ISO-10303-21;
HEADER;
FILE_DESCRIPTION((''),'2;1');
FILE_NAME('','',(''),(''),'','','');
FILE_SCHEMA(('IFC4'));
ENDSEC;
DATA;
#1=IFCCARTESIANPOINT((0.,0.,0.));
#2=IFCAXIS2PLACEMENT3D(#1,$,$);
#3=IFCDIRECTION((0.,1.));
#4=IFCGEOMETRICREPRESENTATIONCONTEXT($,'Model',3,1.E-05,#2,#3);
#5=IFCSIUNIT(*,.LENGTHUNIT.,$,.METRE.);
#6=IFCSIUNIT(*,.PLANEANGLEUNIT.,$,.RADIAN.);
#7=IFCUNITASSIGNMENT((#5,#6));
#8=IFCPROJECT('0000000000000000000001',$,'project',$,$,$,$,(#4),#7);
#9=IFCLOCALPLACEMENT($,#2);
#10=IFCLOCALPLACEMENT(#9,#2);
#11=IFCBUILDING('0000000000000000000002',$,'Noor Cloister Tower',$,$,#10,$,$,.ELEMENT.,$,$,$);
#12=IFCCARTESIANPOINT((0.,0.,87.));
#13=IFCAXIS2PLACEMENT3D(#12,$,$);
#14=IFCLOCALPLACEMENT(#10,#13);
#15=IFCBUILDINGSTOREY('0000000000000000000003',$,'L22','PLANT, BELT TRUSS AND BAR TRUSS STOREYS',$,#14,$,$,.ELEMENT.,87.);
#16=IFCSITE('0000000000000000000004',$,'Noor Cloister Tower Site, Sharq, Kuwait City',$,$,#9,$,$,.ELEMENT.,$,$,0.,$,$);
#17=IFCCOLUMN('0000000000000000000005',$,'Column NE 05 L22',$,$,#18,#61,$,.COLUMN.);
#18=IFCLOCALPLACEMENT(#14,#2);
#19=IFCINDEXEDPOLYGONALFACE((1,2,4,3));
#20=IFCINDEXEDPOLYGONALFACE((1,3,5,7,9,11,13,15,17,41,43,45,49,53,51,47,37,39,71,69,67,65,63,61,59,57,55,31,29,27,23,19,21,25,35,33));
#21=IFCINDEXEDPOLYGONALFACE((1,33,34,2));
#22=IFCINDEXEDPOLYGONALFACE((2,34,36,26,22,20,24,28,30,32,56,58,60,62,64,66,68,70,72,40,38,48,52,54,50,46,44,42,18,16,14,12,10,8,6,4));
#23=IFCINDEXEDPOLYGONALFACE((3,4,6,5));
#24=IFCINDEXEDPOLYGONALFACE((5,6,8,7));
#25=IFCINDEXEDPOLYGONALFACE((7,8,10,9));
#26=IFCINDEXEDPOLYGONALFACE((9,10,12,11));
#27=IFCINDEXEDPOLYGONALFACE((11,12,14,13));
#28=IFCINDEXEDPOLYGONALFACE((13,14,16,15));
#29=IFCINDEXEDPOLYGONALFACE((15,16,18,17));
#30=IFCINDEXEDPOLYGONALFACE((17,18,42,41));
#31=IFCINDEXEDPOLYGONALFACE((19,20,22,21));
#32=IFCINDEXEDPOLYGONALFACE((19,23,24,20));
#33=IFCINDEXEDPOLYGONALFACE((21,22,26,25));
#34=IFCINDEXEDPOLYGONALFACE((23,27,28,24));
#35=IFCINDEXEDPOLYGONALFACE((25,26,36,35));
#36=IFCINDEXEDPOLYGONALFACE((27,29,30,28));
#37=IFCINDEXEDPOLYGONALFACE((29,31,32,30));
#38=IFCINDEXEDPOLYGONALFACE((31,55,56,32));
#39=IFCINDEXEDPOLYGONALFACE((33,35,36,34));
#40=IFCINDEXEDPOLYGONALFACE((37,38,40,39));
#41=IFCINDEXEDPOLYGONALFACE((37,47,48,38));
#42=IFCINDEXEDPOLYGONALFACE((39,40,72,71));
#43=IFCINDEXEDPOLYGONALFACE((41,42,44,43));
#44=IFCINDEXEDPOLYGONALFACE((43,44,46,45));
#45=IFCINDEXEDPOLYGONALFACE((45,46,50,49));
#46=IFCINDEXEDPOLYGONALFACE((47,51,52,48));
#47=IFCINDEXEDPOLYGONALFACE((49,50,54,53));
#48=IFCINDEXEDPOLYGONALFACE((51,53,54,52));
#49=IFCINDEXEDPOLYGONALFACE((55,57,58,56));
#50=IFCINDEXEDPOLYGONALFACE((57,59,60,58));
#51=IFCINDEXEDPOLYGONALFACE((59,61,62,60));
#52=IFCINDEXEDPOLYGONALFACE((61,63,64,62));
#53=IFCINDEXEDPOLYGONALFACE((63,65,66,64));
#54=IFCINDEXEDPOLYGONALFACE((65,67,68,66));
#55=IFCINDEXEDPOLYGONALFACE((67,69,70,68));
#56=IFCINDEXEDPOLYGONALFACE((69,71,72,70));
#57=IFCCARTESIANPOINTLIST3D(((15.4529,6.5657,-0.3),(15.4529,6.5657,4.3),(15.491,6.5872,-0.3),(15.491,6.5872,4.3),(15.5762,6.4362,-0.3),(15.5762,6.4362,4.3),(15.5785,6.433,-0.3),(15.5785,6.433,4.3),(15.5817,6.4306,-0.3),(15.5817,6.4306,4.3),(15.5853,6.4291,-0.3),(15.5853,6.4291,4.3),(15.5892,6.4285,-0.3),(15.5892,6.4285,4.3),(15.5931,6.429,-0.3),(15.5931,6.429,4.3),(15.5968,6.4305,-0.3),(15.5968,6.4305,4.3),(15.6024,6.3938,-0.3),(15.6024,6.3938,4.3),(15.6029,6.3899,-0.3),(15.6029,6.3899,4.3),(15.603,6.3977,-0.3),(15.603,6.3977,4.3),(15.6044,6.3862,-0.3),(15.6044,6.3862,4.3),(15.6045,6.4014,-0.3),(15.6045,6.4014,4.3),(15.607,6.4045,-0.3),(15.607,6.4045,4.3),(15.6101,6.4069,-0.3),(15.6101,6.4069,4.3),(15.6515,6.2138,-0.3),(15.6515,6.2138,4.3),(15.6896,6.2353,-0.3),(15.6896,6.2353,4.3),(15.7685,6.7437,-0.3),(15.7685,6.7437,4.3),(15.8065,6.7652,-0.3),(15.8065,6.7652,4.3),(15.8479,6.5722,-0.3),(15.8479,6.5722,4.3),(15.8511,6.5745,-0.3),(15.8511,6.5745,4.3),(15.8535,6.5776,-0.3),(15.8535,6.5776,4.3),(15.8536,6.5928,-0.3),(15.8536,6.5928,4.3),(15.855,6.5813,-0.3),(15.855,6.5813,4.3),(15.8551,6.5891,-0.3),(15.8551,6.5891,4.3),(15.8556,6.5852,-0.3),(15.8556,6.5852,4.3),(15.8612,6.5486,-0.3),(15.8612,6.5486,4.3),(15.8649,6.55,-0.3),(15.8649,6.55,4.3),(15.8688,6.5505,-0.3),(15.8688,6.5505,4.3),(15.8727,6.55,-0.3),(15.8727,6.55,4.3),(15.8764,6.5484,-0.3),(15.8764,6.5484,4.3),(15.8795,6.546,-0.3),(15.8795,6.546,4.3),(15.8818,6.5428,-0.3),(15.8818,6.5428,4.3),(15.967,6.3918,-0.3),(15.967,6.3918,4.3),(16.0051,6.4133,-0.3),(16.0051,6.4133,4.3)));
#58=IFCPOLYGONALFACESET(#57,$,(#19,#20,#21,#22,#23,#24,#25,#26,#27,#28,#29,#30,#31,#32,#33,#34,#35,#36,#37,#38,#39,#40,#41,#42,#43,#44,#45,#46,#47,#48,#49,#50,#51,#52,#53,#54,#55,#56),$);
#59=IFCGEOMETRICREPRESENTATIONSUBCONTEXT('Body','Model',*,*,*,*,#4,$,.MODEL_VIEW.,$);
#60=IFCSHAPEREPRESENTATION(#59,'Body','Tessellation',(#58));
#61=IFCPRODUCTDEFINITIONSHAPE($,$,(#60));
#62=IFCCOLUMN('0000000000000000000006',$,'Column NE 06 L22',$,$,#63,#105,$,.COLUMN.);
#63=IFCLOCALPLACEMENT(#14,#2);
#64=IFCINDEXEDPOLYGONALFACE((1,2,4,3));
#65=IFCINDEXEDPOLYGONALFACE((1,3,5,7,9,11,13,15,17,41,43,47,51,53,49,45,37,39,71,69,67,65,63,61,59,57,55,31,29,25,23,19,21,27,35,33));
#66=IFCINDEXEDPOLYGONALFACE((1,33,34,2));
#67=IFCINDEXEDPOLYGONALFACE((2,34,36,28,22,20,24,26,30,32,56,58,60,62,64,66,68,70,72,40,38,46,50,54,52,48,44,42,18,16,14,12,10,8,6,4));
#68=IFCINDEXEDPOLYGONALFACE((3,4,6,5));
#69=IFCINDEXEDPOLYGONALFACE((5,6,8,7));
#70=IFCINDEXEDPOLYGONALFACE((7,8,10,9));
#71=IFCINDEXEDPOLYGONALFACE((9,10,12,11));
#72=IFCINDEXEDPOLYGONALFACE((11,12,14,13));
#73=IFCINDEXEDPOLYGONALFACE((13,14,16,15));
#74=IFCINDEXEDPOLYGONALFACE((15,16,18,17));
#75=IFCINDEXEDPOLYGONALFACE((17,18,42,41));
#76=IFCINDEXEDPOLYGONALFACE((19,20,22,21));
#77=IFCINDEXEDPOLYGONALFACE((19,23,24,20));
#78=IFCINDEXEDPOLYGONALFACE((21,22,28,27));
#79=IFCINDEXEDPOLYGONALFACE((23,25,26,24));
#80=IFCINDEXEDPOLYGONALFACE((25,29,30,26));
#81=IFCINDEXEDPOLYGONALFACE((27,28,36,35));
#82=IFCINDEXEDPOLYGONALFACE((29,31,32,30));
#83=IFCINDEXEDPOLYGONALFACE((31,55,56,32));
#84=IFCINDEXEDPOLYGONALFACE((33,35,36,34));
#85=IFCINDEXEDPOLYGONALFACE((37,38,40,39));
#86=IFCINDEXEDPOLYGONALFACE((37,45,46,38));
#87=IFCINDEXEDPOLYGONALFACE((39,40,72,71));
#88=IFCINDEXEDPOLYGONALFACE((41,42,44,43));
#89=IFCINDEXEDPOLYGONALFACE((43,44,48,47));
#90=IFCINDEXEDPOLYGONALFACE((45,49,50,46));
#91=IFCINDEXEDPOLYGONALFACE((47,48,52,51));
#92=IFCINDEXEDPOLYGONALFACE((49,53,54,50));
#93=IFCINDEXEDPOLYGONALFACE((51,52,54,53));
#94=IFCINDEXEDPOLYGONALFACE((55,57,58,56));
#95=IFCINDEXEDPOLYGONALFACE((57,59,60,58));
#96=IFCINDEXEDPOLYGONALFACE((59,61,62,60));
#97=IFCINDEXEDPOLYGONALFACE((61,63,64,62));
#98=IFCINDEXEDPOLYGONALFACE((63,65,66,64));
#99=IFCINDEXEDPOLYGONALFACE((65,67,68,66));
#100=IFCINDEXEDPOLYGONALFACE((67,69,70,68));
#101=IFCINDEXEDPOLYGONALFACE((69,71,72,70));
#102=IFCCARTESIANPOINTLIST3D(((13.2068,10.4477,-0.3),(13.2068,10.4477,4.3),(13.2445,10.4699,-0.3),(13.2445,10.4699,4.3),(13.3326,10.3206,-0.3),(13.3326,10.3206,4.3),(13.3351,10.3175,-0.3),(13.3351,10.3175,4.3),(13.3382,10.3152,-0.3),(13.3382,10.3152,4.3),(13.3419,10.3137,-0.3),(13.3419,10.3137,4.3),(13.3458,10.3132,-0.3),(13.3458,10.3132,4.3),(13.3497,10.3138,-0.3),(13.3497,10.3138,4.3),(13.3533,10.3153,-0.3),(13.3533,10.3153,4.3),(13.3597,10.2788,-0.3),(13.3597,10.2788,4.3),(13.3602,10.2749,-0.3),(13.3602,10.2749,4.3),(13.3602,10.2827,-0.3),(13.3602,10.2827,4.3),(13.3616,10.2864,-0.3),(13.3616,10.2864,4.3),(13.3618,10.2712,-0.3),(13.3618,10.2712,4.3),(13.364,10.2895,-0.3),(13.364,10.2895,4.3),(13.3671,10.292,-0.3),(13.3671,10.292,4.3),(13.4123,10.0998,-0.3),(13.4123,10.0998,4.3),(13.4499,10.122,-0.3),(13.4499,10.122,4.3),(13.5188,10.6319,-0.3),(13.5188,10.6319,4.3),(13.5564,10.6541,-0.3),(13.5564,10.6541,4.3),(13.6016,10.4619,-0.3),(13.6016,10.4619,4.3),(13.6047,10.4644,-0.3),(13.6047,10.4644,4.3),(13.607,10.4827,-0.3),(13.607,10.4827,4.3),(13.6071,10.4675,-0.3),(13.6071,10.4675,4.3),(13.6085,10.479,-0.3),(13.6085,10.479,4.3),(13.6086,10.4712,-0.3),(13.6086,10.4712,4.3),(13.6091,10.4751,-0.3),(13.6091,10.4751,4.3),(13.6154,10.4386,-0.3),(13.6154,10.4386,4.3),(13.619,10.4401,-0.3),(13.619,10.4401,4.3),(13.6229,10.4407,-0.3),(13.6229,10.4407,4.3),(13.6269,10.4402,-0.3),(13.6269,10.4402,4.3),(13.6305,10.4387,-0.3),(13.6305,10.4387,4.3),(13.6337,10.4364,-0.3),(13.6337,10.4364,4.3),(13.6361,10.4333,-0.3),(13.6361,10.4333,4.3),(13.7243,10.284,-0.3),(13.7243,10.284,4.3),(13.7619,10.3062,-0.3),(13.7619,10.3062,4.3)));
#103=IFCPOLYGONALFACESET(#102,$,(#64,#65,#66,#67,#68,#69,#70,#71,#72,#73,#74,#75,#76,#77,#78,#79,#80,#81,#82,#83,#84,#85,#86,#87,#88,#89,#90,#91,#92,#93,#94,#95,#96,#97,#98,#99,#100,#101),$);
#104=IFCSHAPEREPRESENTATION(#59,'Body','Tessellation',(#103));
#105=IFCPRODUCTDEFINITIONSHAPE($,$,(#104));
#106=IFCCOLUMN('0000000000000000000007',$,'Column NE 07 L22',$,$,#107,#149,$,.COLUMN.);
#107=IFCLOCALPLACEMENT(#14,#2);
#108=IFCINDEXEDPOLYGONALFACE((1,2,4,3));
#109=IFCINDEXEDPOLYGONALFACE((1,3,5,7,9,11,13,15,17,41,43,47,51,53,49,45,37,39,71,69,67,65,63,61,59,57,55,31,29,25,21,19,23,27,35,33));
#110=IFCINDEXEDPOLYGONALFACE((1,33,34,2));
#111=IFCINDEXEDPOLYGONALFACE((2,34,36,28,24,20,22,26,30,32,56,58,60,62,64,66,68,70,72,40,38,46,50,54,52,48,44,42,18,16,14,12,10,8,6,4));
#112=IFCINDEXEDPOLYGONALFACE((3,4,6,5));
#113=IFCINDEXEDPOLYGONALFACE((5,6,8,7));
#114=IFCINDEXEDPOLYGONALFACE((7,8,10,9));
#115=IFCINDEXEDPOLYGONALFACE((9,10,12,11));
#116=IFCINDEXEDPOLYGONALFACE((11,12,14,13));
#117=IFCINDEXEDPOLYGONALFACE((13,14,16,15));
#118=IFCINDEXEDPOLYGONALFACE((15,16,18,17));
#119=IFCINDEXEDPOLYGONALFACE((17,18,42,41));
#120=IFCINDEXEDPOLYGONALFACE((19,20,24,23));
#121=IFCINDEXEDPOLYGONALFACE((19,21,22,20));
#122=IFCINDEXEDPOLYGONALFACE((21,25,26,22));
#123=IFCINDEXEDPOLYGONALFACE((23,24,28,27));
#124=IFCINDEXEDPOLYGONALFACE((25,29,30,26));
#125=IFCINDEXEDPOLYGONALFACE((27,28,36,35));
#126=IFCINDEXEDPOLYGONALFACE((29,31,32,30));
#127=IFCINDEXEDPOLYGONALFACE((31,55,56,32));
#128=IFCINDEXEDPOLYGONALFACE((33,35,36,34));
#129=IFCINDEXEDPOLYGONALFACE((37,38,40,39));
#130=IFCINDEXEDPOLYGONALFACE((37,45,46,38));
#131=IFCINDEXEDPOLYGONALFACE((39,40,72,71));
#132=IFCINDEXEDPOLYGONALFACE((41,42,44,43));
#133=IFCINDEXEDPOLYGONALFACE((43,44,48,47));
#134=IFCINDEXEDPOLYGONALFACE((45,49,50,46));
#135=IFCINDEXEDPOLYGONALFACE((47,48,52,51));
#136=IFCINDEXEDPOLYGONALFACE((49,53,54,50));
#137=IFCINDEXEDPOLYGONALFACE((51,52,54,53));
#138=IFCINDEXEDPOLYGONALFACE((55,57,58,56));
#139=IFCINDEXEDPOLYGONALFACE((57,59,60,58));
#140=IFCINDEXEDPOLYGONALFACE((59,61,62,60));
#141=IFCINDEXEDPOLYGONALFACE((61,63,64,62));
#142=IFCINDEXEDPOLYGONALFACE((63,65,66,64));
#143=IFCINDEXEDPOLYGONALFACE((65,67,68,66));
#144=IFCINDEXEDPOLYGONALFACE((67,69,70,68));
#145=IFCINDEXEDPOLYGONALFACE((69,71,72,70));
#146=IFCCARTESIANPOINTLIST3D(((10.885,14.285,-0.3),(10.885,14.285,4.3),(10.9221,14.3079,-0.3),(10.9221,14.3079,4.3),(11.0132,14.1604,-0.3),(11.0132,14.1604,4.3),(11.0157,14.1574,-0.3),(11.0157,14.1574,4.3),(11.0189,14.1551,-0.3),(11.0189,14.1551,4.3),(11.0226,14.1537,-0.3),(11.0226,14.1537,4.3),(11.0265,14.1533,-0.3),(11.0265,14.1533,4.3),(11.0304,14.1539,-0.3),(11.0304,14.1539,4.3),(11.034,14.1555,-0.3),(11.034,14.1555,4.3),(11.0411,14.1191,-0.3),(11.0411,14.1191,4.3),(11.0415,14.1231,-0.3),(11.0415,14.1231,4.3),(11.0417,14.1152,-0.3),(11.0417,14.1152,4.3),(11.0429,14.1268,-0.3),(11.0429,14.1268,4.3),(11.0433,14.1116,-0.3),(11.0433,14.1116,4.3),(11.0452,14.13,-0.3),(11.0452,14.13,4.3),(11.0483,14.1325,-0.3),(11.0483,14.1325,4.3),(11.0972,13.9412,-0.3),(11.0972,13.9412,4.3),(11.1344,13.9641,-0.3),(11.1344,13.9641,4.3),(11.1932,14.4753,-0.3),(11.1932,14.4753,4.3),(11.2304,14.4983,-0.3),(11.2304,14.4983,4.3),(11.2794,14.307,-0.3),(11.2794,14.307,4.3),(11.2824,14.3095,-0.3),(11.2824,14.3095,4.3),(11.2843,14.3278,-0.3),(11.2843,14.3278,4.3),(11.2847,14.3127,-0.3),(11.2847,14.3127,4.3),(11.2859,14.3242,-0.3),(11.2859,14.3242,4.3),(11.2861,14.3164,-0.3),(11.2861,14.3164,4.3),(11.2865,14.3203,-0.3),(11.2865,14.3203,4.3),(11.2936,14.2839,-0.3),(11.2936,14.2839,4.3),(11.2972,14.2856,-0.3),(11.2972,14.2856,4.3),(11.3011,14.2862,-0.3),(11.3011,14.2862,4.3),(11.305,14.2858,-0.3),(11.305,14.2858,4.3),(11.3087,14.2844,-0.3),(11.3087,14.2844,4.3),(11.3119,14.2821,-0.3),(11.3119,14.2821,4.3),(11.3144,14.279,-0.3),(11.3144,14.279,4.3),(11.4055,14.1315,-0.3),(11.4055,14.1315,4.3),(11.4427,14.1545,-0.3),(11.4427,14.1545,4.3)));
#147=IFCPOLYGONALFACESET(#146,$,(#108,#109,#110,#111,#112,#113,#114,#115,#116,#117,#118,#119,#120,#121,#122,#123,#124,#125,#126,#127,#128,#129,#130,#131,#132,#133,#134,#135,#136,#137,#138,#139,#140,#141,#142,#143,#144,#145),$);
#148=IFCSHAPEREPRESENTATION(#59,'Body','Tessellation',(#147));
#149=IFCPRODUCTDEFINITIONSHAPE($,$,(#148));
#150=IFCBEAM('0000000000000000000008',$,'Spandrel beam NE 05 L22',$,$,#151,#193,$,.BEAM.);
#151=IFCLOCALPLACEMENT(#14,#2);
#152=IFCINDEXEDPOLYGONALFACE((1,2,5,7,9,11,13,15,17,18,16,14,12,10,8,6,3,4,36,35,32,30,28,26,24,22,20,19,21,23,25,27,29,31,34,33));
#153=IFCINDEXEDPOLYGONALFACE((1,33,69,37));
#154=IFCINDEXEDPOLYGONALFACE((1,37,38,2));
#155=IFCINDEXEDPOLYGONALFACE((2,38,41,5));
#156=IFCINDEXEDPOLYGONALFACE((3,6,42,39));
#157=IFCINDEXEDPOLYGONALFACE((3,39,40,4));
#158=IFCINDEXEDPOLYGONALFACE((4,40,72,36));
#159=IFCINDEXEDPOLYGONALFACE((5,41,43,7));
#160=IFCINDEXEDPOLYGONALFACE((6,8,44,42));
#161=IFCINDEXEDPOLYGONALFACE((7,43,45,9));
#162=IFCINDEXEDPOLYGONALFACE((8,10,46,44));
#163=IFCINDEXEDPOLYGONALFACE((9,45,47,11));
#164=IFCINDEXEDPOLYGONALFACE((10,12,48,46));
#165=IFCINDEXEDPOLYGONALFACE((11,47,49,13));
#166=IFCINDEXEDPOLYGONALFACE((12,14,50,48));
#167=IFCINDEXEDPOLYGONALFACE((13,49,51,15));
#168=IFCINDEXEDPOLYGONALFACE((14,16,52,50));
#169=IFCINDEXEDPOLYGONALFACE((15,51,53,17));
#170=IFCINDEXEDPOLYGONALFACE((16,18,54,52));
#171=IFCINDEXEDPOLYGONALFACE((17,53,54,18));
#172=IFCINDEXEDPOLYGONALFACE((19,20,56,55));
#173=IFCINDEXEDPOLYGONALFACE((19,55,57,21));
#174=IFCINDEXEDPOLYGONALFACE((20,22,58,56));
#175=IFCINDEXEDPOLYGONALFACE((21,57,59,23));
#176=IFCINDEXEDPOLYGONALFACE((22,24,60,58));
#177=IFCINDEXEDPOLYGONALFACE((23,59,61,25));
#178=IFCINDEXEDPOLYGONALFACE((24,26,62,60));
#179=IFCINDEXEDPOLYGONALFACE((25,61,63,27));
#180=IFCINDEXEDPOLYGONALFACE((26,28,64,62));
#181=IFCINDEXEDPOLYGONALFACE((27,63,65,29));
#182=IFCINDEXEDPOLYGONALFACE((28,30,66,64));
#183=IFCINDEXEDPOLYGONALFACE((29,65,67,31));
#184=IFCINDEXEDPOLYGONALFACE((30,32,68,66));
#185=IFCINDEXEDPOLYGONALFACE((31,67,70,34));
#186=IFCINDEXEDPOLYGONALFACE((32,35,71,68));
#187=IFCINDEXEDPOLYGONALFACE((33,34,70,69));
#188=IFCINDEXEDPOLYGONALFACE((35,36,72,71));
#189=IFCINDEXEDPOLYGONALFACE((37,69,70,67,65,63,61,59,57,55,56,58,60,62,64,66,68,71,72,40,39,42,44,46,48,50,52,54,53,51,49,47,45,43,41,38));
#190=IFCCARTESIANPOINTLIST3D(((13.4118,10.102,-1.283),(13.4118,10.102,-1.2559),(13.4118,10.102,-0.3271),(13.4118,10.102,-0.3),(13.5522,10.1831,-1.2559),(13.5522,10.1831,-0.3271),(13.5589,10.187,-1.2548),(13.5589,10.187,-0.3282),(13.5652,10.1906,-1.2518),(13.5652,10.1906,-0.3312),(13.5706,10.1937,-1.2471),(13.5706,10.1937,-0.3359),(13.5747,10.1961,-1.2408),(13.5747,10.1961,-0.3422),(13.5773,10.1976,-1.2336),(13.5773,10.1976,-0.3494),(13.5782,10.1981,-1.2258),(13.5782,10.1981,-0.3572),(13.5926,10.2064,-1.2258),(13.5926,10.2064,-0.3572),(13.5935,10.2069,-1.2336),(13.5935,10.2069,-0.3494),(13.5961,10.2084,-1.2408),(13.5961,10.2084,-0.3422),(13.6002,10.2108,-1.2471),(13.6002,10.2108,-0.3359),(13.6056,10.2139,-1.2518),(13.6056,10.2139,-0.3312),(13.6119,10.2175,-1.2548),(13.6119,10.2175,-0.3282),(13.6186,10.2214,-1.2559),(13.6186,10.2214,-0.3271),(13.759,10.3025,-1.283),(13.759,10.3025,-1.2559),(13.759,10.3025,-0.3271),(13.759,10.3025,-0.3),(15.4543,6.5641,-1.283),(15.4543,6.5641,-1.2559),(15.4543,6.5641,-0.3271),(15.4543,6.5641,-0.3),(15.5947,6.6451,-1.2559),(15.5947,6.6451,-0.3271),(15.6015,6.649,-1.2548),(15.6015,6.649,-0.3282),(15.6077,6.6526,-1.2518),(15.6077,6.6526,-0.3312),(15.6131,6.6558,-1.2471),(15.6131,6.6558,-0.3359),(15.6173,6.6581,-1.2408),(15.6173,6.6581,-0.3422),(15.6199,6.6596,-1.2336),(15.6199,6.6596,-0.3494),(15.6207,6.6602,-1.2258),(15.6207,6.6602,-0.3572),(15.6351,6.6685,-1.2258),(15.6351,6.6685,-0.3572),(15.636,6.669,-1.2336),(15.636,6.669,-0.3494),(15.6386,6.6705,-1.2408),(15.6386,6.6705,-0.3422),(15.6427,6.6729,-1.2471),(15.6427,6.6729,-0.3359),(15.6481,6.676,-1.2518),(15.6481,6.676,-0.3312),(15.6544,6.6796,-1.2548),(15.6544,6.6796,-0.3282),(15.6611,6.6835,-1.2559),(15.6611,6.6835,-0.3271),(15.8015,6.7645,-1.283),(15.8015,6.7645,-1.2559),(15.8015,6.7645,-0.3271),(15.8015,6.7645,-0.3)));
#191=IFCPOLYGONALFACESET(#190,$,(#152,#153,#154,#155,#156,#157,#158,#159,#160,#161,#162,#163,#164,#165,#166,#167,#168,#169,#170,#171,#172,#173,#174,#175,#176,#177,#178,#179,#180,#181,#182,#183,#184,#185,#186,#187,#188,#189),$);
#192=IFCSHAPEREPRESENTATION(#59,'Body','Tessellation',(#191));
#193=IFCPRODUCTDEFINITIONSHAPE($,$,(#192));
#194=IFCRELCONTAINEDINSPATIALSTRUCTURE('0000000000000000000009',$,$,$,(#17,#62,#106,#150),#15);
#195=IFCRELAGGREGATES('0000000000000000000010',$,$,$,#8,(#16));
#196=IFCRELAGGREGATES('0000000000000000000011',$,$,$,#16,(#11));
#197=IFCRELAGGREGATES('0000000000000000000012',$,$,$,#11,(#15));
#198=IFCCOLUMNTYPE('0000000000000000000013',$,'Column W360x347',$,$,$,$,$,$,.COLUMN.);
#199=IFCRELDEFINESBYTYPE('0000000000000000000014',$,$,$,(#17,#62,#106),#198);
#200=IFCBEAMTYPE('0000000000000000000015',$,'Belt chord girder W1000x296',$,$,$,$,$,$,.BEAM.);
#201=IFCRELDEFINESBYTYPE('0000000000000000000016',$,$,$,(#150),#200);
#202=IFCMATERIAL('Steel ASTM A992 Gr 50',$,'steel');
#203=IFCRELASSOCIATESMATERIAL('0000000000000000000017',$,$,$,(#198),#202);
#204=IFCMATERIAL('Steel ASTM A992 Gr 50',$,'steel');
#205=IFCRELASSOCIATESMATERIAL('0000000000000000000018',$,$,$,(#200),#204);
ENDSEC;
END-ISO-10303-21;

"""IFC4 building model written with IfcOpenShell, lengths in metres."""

from ifc_helpers import new_model, si_unit, direction, frame, origin, origin_2d, place, context, subcontext, project, spatial, i_section, extrude, material, material_profile, profile_set, type_object, element, save


model = new_model("IFC4")

# Units and contexts
model_context = context("Model", 3, precision=1e-05, world=origin(), true_north=direction((0.0, 1.0)))
body_context = subcontext(model_context, "Body", "Model", "MODEL_VIEW")
ifc_project = project(units=[si_unit("LENGTHUNIT", "METRE"), si_unit("PLANEANGLEUNIT", "RADIAN")], contexts=[model_context])

# Site, building, storey
site_placement = place(None, origin())
site = spatial("IfcSite", under=ifc_project, at=site_placement, Name="Noor Cloister Tower Site, Sharq, Kuwait City", CompositionType="ELEMENT", RefElevation=0.0)
building_placement = place(site_placement, origin())
building = spatial("IfcBuilding", under=site, at=building_placement, Name="Noor Cloister Tower", CompositionType="ELEMENT")
storey_placement = place(building_placement, frame((0.0, 0.0, 87.0)))
storey = spatial("IfcBuildingStorey", under=building, at=storey_placement, Name="L22", Description="PLANT, BELT TRUSS AND BAR TRUSS STOREYS", CompositionType="ELEMENT", Elevation=87.0)

# Columns
ifc_material_1 = material(Name="Steel ASTM A992 Gr 50", Category="steel")
ifc_material_profile_1 = material_profile(ifc_material_1, i_section(OverallWidth=0.4041, OverallDepth=0.406, WebThickness=0.0271, FlangeThickness=0.0437, FilletRadius=0.0151, at=origin_2d()), Name="W360x347")
ifc_profile_set_1 = profile_set([ifc_material_profile_1], Name="Steel ASTM A992 Gr 50")
column_type = type_object("IfcColumnType", Name="Column W360x347", PredefinedType="COLUMN", material=ifc_profile_set_1)
for number, where, z_axis, x_axis, name in (
    (1, (15.729, 6.4895, -0.3), (0.0, 0.0, 1.0), (-0.491453, 0.870904, 0.0), "Column NE 05 L22"),
    (2, (13.4844, 10.377, -0.3), (0.0, 0.0, 1.0), (-0.508499, 0.861063, 0.0), "Column NE 06 L22"),
    (3, (11.1638, 14.2197, -0.3), (0.0, 0.0, 1.0), (-0.525348, 0.850888, 0.0), "Column NE 07 L22"),
):
    element("IfcColumn", number, at=place(storey_placement, frame(where, z_axis=z_axis, x_axis=x_axis)), inside=storey, type_object=column_type, Name=name, PredefinedType="COLUMN", context=body_context, shape_type="SweptSolid", body=[
        extrude(i_section(OverallWidth=0.4041, OverallDepth=0.406, WebThickness=0.0271, FlangeThickness=0.0437, FilletRadius=0.0151, at=origin_2d()), origin(), (0.0, 0.0, 1.0), 4.6001),
    ])

# Beam
ifc_material_2 = material(Name="Steel ASTM A992 Gr 50", Category="steel")
ifc_material_profile_2 = material_profile(ifc_material_2, i_section(OverallWidth=0.4009, OverallDepth=0.9829, WebThickness=0.0166, FlangeThickness=0.0271, FilletRadius=0.03, at=origin_2d()), Name="W1000x296")
ifc_profile_set_2 = profile_set([ifc_material_profile_2], Name="Steel ASTM A992 Gr 50")
beam_type_1 = type_object("IfcBeamType", Name="Belt chord girder W1000x296", PredefinedType="BEAM", material=ifc_profile_set_2)
beam_1_placement = place(storey_placement, frame((15.6279, 6.6643, -0.7915), z_axis=(-0.499983, 0.866035, 0.0), x_axis=(-0.866035, -0.499983, 0.0)))
element("IfcBeam", 4, at=beam_1_placement, inside=storey, type_object=beam_type_1, Name="Spandrel beam NE 05 L22", PredefinedType="BEAM", context=body_context, shape_type="SweptSolid", body=[
    extrude(i_section(OverallWidth=0.4009, OverallDepth=0.9829, WebThickness=0.0166, FlangeThickness=0.0271, FilletRadius=0.03, at=origin_2d()), origin(), (0.0, 0.0, 1.0), 4.0852),
])

save(model, "model.ifc")
